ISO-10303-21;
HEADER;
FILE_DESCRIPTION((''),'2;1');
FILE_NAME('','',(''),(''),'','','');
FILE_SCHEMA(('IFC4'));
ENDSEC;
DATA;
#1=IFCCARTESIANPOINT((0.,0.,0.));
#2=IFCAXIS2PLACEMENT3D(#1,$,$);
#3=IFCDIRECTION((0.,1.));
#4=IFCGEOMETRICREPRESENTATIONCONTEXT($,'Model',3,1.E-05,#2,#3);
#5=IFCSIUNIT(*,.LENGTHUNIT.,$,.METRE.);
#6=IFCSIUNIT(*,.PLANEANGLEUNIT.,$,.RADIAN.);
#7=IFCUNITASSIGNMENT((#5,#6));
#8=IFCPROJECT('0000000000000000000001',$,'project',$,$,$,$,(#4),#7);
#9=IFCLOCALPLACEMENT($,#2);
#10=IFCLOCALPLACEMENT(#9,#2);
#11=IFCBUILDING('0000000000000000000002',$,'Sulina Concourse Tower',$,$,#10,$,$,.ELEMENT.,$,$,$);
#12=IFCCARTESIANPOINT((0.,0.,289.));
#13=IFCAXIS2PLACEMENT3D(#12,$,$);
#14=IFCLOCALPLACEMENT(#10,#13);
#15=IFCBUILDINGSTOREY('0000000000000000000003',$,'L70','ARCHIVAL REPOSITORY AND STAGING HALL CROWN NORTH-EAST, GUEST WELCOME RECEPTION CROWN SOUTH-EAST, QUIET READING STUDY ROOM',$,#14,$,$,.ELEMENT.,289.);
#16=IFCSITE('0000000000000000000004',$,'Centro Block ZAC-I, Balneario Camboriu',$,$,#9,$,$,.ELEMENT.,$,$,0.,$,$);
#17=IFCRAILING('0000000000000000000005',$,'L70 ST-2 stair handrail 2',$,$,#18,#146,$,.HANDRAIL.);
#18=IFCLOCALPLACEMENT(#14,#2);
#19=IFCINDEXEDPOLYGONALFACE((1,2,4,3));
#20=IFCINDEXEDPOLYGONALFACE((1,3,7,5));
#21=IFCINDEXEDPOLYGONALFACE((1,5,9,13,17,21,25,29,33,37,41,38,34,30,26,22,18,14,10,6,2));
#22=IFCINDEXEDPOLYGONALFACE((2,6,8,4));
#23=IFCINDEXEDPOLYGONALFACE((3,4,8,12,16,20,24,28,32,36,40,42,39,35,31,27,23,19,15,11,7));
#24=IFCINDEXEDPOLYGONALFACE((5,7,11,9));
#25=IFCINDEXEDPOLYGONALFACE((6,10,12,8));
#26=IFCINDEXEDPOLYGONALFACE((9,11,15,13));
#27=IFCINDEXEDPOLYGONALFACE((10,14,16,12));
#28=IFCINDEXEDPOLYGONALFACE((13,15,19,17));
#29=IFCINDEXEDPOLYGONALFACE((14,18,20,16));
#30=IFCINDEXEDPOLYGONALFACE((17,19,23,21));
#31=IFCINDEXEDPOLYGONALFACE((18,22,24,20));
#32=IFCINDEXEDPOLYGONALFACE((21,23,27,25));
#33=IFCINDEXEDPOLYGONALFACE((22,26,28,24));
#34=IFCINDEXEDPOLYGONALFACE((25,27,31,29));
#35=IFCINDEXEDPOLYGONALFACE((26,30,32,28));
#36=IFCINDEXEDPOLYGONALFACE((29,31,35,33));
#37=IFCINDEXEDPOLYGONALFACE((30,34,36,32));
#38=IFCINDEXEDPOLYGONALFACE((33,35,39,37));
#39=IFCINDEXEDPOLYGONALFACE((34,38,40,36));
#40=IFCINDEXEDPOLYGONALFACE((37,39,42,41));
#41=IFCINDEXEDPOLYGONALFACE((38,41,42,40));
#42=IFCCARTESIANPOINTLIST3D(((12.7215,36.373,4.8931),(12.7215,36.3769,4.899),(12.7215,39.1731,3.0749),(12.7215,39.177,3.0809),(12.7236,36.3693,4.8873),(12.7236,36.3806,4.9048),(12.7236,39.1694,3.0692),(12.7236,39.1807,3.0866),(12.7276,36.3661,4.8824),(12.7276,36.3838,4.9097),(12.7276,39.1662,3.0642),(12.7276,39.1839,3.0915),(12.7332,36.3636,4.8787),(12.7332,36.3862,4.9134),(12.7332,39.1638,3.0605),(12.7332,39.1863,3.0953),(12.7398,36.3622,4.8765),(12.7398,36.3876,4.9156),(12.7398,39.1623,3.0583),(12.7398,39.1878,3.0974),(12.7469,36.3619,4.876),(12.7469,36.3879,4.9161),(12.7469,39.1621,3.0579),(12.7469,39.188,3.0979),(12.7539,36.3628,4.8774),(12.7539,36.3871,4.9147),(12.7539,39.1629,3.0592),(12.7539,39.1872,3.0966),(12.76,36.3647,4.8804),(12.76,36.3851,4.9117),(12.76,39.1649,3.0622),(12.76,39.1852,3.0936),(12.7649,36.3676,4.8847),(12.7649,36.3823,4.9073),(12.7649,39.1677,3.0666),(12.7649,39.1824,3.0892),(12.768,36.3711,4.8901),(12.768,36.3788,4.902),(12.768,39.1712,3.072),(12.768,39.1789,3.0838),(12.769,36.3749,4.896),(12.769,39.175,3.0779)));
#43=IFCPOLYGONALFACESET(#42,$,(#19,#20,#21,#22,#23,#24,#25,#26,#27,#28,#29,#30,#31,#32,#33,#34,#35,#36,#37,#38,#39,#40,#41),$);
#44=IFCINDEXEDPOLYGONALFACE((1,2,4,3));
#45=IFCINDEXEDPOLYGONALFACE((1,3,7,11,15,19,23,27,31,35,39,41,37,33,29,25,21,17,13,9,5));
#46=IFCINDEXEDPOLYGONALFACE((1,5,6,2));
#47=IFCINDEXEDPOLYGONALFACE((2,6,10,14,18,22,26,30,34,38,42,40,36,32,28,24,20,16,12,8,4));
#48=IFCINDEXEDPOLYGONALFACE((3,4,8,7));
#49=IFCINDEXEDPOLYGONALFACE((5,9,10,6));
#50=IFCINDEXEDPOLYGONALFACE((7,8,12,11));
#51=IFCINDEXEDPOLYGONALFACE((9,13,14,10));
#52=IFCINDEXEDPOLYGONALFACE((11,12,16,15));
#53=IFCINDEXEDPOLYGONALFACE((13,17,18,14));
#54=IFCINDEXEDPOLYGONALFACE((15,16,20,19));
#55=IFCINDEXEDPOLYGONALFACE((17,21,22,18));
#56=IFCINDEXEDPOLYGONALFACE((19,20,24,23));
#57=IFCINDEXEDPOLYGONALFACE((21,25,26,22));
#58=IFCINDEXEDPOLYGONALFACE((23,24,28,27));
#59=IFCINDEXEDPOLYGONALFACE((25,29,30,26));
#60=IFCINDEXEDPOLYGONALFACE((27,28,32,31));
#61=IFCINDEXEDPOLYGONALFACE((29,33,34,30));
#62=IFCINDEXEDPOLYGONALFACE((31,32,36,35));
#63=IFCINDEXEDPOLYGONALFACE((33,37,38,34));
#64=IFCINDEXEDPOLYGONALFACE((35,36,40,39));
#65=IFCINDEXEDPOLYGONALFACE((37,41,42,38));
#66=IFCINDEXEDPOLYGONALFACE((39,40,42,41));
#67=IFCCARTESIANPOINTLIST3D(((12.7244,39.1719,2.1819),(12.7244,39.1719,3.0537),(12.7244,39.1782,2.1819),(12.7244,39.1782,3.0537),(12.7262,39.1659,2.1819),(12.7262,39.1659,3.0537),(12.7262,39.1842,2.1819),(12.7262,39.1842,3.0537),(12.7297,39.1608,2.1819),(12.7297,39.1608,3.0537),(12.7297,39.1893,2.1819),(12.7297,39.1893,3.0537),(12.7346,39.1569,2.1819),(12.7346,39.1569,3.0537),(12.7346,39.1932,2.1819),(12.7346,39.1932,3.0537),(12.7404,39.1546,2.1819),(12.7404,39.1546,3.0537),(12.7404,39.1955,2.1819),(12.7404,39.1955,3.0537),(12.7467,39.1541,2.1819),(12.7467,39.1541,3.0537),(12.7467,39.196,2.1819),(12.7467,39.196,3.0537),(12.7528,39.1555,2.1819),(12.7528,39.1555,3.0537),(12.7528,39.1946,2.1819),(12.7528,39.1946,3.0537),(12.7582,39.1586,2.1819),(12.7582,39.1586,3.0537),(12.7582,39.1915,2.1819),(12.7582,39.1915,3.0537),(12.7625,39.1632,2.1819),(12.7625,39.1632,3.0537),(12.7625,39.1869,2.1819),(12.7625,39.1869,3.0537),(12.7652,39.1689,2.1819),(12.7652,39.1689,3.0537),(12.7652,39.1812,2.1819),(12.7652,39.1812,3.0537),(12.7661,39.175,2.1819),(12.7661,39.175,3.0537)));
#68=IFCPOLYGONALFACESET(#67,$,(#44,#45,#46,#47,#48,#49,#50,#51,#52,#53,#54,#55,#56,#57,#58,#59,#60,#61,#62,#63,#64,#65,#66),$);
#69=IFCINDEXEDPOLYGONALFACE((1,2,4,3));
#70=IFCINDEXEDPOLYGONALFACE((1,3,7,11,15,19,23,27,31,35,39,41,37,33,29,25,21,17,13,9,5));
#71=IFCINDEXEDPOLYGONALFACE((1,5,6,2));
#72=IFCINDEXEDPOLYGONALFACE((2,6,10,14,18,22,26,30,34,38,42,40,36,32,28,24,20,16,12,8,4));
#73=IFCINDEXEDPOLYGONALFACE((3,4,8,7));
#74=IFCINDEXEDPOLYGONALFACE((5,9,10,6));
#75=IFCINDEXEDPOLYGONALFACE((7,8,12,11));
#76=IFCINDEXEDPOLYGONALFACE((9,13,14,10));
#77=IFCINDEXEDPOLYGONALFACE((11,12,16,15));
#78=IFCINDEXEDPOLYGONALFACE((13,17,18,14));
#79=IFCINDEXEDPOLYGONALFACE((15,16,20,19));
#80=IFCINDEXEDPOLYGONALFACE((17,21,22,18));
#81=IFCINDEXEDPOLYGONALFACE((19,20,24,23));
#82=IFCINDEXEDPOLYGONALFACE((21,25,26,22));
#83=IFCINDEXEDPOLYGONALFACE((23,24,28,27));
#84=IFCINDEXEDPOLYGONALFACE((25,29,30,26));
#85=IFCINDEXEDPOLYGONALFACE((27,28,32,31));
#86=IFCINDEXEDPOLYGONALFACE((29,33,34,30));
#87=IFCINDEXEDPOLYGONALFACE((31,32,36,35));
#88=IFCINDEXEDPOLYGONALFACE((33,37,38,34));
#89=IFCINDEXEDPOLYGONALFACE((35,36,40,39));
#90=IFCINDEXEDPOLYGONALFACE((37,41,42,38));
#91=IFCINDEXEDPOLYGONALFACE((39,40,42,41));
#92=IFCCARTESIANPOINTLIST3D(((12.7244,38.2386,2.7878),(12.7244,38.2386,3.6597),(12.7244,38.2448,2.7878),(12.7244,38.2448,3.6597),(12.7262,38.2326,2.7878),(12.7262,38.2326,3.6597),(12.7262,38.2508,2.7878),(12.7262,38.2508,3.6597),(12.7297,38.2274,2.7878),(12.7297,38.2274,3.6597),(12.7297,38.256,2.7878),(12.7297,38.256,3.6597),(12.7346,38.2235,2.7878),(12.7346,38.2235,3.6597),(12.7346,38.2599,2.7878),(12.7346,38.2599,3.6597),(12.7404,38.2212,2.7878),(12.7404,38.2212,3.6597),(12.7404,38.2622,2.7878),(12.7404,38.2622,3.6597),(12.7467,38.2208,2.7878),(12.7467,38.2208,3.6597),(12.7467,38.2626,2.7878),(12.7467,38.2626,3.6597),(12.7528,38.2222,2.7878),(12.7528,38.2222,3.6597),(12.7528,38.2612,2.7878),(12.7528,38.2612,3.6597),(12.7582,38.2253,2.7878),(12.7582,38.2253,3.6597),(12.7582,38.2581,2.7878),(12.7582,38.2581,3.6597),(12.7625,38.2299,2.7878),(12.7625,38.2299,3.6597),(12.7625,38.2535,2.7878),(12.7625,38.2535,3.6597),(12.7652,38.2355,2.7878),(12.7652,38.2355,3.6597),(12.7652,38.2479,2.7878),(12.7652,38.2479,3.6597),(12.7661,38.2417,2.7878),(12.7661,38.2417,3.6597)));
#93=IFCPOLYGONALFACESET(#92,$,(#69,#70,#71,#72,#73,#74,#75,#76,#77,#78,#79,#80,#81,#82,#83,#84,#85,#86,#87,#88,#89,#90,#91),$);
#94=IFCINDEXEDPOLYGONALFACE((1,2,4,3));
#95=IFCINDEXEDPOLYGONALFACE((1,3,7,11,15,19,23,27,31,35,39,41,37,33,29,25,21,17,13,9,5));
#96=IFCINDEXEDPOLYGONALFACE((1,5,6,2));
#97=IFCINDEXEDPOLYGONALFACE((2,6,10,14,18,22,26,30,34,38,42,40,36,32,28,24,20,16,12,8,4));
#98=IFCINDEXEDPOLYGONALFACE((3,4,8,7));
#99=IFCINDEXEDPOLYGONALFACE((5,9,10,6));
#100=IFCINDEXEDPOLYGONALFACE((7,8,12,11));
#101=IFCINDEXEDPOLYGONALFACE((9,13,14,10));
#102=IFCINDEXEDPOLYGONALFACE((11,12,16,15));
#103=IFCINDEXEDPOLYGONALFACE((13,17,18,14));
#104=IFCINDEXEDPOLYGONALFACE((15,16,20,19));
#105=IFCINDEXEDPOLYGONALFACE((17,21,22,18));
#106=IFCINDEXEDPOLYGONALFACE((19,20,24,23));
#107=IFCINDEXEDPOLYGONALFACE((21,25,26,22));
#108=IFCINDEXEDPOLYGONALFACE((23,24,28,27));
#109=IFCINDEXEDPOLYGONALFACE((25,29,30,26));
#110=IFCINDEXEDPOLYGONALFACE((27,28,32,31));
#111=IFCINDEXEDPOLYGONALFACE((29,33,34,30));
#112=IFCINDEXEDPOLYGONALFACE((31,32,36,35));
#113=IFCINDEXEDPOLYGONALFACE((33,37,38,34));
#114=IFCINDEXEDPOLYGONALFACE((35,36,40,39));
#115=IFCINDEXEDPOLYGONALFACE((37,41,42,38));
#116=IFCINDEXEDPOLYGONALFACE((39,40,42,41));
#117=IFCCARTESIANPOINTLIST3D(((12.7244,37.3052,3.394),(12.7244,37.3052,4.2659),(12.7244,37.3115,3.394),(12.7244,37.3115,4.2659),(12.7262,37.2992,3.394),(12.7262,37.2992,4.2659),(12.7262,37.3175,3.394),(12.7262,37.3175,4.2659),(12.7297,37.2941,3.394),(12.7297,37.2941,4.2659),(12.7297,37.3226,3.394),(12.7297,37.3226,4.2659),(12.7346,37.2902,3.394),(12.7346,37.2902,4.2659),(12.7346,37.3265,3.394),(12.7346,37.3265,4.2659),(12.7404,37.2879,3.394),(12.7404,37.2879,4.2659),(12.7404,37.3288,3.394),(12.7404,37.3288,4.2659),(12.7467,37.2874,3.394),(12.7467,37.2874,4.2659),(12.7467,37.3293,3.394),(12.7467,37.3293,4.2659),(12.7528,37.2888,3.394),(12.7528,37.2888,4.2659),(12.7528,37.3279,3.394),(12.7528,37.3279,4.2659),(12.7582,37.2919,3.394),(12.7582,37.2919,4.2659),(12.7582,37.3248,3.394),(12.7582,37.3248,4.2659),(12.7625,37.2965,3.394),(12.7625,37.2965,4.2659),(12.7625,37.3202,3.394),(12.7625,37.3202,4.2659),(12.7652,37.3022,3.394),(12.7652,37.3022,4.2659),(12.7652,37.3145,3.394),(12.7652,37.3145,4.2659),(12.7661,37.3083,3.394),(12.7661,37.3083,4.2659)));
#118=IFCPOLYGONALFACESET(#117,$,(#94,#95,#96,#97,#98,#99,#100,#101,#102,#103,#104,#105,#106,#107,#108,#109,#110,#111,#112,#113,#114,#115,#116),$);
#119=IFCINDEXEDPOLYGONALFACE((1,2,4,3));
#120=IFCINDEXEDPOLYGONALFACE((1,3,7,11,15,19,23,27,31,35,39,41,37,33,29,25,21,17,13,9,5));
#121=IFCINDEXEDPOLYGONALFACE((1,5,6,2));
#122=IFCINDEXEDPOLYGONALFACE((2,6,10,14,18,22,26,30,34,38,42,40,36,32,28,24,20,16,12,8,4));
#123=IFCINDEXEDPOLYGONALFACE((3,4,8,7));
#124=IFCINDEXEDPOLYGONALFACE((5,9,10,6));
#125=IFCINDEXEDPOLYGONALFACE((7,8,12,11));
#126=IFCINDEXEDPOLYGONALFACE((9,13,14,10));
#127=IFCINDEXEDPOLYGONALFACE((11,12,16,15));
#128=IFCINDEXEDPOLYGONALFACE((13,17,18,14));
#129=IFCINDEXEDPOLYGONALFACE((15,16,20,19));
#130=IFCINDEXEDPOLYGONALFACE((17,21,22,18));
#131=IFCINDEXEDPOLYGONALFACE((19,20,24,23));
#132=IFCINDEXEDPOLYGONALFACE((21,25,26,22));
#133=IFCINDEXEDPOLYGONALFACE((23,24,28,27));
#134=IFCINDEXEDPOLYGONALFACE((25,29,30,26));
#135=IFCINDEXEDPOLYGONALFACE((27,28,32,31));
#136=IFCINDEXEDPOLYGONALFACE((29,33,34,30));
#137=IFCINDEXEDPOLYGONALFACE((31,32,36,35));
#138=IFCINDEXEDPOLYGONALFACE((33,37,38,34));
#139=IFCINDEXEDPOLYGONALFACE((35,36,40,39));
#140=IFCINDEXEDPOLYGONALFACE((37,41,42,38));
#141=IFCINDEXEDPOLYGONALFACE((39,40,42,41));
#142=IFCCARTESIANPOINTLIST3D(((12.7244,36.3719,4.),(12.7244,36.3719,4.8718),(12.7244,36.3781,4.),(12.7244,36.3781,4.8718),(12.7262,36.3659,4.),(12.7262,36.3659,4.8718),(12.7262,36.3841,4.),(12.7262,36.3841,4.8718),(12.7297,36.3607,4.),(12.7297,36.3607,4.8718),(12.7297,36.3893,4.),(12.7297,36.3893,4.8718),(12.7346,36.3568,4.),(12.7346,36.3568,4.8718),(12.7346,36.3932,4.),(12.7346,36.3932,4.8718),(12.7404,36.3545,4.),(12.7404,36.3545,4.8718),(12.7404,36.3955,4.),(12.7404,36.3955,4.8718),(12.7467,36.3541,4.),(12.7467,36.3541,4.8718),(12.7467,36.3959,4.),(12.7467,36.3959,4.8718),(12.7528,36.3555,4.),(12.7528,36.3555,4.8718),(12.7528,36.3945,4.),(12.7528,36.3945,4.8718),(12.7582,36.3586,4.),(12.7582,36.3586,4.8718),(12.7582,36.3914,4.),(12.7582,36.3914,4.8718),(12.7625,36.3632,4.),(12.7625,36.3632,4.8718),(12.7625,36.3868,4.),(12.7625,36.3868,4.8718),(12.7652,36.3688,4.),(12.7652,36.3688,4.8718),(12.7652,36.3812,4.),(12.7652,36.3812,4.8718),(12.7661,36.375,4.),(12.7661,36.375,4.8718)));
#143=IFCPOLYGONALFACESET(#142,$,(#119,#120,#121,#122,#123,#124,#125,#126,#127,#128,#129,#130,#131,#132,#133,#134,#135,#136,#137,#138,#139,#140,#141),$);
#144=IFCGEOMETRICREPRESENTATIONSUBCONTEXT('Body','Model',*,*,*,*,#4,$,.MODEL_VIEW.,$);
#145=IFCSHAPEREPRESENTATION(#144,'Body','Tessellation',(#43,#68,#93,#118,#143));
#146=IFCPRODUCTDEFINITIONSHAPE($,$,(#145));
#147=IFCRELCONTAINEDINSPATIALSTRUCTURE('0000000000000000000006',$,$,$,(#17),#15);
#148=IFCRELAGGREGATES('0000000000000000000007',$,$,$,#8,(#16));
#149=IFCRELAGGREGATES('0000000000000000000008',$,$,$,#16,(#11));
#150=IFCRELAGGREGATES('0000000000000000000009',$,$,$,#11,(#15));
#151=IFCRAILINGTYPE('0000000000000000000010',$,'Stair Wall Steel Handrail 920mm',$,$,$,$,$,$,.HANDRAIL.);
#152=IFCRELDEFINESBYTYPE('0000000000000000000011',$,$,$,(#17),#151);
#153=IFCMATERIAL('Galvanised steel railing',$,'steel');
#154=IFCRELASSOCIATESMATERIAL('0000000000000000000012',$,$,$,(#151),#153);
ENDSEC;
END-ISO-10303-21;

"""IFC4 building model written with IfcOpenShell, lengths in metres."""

from ifc_helpers import new_model, si_unit, direction, frame, origin, origin_2d, place, context, subcontext, project, spatial, circle, extrude, material, type_object, element, save


model = new_model("IFC4")

# Units and contexts
model_context = context("Model", 3, precision=1e-05, world=origin(), true_north=direction((0.0, 1.0)))
body_context = subcontext(model_context, "Body", "Model", "MODEL_VIEW")
ifc_project = project(units=[si_unit("LENGTHUNIT", "METRE"), si_unit("PLANEANGLEUNIT", "RADIAN")], contexts=[model_context])

# Site, building, storey
site_placement = place(None, origin())
site = spatial("IfcSite", under=ifc_project, at=site_placement, Name="Centro Block ZAC-I, Balneario Camboriu", CompositionType="ELEMENT", RefElevation=0.0)
building_placement = place(site_placement, origin())
building = spatial("IfcBuilding", under=site, at=building_placement, Name="Sulina Concourse Tower", CompositionType="ELEMENT")
storey_placement = place(building_placement, frame((0.0, 0.0, 289.0)))
storey = spatial("IfcBuildingStorey", under=building, at=storey_placement, Name="L70", Description="ARCHIVAL REPOSITORY AND STAGING HALL CROWN NORTH-EAST, GUEST WELCOME RECEPTION CROWN SOUTH-EAST, QUIET READING STUDY ROOM", CompositionType="ELEMENT", Elevation=289.0)

# Railing
ifc_material_1 = material(Name="Galvanised steel railing", Category="steel")
railing_type_1 = type_object("IfcRailingType", Name="Stair Wall Steel Handrail 920mm", PredefinedType="HANDRAIL", material=ifc_material_1)
railing_1_placement = place(storey_placement, frame((12.7451, 39.175, 2.1819)))
element("IfcRailing", 1, at=railing_1_placement, inside=storey, type_object=railing_type_1, Name="L70 ST-2 stair handrail 2", PredefinedType="HANDRAIL", context=body_context, shape_type="SweptSolid", body=[
    extrude(circle(Radius=0.0239, at=origin_2d()), frame((0.0, 0.0, 0.896), z_axis=(0.0, -0.838706, 0.544585), x_axis=(1.0, 0.0, 0.0)), (0.0, 0.0, 1.0), 3.3386),
    extrude(circle(Radius=0.021, at=origin_2d()), origin(), (0.0, 0.0, 1.0), 0.8718),
    extrude(circle(Radius=0.021, at=origin_2d()), frame((0.0, -0.9333, 0.606)), (0.0, 0.0, 1.0), 0.8718),
    extrude(circle(Radius=0.021, at=origin_2d()), frame((0.0, -1.8667, 1.2122)), (0.0, 0.0, 1.0), 0.8718),
    extrude(circle(Radius=0.021, at=origin_2d()), frame((0.0, -2.8, 1.8181)), (0.0, 0.0, 1.0), 0.8718),
])

save(model, "model.ifc")
